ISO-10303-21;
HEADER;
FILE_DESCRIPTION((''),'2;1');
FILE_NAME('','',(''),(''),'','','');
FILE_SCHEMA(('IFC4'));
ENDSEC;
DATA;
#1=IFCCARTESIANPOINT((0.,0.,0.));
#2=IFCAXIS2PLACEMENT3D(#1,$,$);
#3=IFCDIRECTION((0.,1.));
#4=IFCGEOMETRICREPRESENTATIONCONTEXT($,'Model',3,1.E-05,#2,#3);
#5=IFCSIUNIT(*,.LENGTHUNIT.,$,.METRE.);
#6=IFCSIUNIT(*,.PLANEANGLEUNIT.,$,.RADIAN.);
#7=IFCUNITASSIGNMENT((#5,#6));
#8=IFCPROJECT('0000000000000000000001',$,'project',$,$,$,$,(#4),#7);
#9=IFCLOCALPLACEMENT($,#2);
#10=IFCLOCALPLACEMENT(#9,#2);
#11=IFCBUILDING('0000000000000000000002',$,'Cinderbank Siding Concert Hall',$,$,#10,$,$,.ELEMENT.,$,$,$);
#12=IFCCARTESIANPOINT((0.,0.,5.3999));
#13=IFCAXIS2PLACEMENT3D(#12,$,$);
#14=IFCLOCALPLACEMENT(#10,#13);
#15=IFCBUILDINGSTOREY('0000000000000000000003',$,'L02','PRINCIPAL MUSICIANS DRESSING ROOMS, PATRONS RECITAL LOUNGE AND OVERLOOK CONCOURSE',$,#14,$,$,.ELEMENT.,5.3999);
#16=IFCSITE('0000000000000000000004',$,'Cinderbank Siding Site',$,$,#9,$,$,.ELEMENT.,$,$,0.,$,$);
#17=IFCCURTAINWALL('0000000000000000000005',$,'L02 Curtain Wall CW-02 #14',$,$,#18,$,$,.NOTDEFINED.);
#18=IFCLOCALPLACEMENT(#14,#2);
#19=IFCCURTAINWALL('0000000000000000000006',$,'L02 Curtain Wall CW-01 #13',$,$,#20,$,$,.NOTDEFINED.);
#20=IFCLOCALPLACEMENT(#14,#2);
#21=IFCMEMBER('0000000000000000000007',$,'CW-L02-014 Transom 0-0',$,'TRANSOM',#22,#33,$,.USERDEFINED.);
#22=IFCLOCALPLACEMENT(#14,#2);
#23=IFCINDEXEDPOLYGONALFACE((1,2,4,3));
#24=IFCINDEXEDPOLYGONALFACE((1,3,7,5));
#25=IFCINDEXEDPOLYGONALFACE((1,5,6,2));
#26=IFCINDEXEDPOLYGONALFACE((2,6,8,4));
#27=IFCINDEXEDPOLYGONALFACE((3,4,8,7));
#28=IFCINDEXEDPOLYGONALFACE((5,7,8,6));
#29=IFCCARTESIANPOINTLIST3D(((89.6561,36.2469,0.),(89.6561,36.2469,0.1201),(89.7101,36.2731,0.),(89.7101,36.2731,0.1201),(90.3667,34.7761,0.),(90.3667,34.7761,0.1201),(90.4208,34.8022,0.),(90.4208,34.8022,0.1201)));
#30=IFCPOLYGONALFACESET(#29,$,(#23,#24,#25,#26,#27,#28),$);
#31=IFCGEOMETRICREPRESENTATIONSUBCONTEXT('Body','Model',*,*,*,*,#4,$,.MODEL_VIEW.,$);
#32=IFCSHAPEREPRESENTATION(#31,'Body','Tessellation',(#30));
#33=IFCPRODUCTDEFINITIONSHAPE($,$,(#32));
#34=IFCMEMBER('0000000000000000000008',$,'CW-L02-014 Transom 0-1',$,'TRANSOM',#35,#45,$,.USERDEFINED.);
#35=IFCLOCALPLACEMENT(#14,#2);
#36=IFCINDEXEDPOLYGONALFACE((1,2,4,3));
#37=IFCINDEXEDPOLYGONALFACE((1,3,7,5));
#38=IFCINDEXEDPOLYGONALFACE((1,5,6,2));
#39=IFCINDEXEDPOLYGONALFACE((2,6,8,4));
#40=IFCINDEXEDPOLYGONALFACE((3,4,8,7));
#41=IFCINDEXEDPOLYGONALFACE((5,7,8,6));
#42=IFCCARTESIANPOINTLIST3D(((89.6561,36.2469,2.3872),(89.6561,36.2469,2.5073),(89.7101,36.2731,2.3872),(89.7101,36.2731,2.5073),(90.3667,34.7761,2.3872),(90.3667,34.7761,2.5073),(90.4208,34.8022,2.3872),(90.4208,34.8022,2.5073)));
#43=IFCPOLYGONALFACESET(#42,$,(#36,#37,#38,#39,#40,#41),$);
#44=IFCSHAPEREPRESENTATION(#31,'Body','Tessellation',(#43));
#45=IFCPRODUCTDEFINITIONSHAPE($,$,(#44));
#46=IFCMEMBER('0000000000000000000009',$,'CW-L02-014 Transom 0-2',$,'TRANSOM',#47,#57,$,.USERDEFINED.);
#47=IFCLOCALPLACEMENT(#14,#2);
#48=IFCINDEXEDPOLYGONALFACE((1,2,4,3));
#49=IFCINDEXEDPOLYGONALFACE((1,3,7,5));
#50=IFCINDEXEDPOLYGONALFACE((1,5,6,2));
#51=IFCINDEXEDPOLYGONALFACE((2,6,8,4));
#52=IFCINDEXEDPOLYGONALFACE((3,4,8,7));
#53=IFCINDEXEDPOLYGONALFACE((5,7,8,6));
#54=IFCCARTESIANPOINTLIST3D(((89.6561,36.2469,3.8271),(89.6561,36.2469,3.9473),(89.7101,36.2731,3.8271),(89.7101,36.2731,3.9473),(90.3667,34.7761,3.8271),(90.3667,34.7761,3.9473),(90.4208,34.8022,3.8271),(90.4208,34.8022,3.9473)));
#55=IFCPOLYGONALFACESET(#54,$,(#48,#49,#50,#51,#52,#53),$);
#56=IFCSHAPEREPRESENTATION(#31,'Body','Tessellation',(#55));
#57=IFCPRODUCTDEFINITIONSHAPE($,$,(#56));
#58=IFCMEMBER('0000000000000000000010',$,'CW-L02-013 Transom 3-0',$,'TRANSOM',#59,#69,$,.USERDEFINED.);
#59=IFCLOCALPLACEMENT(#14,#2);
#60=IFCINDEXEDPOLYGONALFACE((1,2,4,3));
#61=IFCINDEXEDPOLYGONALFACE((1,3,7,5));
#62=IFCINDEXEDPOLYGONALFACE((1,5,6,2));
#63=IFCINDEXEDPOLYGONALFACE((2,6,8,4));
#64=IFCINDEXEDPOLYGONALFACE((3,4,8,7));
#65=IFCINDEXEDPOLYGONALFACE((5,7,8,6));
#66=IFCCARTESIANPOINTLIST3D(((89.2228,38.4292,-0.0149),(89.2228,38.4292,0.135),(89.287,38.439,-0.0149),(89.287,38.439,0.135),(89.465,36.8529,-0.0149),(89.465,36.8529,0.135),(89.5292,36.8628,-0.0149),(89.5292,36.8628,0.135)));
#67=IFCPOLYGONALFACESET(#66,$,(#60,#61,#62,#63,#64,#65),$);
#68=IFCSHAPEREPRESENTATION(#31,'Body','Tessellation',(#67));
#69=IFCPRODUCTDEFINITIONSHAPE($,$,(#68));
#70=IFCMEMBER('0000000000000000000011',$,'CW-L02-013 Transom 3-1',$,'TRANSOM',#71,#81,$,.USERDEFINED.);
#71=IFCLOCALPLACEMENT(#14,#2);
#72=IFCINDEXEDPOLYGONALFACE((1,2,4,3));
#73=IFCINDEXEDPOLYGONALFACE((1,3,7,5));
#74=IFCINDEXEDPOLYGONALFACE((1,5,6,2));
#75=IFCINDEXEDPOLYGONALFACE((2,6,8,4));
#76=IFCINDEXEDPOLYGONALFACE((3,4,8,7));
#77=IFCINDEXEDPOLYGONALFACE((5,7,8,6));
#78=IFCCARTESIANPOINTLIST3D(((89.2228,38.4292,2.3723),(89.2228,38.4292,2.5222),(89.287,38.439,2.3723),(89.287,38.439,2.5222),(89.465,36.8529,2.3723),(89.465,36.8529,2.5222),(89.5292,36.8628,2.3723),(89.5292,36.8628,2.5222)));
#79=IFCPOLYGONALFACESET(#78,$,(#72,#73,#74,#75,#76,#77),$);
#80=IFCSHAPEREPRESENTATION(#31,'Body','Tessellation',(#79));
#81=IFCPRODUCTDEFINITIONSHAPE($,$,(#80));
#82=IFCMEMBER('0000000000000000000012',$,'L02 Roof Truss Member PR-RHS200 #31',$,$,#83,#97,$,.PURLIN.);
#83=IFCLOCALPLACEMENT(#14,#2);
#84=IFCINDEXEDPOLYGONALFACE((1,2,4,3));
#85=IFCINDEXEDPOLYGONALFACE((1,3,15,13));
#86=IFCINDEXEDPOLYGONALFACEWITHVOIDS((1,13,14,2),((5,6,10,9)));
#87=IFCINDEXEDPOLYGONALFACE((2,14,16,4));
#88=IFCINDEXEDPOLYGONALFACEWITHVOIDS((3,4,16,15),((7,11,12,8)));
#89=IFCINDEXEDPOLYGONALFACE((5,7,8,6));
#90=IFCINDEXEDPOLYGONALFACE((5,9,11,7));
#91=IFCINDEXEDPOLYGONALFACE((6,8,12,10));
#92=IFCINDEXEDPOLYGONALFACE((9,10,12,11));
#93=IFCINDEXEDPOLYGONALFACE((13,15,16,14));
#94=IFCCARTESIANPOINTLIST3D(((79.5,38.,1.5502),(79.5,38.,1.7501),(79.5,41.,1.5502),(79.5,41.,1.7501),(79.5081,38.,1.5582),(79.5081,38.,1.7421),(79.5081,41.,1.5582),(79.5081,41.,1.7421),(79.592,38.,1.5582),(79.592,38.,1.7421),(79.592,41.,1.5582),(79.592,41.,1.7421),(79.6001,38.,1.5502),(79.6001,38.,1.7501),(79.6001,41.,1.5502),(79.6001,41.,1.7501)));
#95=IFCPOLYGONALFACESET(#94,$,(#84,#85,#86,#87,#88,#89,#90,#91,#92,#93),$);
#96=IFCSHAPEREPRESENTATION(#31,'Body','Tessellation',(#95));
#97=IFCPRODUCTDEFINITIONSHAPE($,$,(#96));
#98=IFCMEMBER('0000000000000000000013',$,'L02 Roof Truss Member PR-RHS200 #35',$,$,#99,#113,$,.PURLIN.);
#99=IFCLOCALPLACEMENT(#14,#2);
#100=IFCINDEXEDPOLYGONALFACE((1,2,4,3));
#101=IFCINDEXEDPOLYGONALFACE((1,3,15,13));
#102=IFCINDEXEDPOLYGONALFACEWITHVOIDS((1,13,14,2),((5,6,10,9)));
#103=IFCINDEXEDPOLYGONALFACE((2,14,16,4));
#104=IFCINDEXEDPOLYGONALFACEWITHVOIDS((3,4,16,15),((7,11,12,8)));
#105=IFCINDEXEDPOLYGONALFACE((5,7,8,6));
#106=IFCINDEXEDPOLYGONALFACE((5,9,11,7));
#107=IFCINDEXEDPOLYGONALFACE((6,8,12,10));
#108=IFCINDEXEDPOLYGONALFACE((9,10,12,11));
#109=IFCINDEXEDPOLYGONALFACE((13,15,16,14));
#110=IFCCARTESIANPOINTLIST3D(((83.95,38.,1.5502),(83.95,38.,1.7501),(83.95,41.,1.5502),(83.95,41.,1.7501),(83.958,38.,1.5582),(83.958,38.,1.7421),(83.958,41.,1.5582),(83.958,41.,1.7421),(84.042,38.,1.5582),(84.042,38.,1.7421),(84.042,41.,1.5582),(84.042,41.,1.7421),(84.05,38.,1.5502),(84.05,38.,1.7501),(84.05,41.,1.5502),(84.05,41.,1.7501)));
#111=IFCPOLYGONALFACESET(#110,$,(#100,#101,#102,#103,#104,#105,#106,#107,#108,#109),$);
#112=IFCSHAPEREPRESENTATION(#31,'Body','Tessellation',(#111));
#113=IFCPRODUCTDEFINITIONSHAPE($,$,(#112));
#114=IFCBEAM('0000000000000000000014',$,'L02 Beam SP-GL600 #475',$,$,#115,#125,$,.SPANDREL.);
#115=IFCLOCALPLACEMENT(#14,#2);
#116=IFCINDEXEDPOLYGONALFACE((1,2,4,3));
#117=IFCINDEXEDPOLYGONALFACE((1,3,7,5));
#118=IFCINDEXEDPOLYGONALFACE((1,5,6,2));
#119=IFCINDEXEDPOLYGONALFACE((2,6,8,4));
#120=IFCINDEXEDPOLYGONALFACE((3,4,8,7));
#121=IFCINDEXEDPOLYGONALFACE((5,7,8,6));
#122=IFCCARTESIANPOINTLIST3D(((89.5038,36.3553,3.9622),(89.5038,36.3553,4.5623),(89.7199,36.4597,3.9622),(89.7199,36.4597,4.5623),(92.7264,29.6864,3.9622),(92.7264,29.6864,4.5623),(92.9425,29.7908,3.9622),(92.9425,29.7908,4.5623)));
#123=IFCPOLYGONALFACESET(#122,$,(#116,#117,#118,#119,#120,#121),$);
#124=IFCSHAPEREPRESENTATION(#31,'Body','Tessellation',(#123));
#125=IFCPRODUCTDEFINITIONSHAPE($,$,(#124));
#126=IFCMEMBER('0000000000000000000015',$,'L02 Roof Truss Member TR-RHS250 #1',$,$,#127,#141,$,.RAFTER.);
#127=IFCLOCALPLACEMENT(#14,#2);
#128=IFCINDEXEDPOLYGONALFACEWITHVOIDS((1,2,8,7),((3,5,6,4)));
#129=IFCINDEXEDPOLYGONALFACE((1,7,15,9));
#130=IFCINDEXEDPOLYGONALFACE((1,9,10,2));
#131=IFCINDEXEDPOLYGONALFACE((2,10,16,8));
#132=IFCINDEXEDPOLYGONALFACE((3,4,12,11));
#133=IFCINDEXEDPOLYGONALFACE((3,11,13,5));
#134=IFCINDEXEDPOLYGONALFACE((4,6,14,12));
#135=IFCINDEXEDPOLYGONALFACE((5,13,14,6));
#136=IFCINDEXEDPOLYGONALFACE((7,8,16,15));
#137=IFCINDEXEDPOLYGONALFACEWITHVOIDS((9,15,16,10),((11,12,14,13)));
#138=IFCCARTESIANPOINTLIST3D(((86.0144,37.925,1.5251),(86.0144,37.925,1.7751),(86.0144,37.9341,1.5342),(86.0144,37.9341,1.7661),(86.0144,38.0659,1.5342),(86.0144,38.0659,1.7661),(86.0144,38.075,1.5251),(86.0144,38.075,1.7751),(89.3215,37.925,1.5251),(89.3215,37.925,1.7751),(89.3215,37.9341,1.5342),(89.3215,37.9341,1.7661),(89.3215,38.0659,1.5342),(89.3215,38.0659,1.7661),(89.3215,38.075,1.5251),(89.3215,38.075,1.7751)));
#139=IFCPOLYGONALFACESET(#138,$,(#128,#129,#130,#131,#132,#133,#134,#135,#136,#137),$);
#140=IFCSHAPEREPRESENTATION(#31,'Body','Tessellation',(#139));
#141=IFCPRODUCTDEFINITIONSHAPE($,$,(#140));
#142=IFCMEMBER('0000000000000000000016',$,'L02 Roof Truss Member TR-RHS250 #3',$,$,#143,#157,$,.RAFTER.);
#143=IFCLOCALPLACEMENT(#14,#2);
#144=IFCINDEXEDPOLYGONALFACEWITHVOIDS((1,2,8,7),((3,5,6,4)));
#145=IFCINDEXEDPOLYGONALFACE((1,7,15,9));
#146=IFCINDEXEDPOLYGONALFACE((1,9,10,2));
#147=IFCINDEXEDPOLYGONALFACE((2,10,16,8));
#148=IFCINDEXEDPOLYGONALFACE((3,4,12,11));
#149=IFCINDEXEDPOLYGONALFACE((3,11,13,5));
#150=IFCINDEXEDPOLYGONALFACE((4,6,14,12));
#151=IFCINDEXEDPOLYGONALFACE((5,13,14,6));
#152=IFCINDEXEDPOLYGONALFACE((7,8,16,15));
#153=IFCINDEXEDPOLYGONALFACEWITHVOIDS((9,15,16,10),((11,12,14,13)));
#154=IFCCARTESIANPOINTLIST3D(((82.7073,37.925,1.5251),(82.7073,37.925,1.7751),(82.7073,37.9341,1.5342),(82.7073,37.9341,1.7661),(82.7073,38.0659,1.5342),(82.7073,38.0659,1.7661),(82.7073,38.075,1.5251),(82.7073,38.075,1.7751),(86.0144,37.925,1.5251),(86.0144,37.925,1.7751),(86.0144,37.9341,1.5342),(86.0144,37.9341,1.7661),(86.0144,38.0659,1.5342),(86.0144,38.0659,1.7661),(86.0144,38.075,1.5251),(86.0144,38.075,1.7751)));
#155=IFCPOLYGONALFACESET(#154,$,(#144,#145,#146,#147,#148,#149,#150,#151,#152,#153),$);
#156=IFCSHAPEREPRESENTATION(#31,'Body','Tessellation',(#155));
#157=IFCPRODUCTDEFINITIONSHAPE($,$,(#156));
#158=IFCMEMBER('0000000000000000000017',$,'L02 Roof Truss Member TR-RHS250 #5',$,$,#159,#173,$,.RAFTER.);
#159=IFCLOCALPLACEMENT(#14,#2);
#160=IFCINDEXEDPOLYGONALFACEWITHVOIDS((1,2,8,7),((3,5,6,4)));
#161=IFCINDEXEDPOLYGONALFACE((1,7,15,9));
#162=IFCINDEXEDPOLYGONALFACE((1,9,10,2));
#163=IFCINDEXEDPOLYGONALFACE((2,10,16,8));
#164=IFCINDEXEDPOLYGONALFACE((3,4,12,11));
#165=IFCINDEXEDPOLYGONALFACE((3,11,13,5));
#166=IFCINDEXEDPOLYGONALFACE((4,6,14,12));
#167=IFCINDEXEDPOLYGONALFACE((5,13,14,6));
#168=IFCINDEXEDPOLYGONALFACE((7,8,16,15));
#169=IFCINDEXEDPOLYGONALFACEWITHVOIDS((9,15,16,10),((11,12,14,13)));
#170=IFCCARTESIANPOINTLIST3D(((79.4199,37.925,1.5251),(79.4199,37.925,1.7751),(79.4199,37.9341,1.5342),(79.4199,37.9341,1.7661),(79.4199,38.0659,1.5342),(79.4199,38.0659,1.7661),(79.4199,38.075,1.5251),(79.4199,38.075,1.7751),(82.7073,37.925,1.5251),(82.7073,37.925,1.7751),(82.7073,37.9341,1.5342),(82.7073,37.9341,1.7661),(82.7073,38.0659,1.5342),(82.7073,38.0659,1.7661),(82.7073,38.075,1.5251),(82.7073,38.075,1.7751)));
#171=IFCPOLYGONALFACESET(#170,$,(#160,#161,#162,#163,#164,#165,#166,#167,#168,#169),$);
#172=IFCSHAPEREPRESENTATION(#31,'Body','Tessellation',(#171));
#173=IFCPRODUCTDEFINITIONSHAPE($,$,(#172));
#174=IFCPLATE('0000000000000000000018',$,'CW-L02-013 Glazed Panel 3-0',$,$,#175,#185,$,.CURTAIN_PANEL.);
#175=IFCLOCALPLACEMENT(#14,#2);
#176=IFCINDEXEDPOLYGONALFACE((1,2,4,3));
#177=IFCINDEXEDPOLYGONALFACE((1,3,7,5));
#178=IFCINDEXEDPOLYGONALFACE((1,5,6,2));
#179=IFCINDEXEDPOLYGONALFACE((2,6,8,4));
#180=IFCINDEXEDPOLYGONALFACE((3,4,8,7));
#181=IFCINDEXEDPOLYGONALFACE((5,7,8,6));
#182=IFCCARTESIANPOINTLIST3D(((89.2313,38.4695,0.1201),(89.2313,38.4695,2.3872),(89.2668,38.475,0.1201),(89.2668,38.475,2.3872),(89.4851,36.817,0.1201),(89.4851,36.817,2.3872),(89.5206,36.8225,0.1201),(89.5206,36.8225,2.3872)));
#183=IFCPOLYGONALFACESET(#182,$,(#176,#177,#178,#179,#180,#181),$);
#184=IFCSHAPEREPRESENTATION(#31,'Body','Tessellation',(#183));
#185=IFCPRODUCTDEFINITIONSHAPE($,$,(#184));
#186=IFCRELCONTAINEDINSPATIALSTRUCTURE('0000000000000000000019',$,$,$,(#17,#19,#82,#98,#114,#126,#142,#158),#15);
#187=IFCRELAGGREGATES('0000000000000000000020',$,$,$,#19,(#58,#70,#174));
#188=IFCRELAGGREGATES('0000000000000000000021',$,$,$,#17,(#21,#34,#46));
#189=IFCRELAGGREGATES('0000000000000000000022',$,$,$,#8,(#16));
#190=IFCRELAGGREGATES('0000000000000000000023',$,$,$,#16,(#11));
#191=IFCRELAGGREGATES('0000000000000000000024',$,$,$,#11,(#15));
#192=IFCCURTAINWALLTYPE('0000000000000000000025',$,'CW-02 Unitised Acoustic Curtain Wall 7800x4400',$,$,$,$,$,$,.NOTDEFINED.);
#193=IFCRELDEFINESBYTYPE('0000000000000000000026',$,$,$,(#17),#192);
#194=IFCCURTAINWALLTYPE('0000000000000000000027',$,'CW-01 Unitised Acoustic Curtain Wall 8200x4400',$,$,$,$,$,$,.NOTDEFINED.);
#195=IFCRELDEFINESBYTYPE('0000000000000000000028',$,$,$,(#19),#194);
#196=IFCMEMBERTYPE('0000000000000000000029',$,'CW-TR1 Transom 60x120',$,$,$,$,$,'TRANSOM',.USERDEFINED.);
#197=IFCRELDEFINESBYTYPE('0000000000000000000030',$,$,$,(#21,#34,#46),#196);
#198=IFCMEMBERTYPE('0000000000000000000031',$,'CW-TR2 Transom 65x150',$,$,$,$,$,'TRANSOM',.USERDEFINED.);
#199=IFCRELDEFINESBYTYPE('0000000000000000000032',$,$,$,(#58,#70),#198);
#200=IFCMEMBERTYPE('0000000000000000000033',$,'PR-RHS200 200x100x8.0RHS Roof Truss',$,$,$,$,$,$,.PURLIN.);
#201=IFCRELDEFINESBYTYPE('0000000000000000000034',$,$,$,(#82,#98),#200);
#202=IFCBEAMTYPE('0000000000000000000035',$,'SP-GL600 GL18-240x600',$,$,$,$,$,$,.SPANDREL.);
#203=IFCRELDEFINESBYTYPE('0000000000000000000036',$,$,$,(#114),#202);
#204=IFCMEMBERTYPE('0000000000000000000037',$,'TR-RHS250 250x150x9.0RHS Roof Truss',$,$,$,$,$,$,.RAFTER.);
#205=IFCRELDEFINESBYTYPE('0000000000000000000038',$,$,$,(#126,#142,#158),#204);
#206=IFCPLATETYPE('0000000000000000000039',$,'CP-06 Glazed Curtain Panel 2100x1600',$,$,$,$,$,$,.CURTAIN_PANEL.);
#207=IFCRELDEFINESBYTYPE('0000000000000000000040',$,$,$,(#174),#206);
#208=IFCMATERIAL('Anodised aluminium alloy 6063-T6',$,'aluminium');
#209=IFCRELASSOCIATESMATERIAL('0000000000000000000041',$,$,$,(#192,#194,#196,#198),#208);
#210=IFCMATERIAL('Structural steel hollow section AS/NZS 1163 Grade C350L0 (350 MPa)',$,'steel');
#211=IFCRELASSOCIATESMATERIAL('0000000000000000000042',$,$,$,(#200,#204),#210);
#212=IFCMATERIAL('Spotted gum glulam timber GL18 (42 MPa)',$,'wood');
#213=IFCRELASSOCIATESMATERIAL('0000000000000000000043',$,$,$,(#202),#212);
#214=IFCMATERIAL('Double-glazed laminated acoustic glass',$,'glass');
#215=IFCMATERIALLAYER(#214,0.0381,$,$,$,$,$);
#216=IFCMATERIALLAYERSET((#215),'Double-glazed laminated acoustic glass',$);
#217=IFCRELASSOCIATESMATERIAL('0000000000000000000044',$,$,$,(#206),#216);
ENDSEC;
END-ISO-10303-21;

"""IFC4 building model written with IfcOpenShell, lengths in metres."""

from ifc_helpers import new_model, si_unit, direction, frame, origin, origin_2d, place, context, subcontext, project, spatial, rectangle, hollow_rectangle, extrude, material, layer, layer_set, material_profile, profile_set, type_object, element, aggregate, save


model = new_model("IFC4")

# Units and contexts
model_context = context("Model", 3, precision=1e-05, world=origin(), true_north=direction((0.0, 1.0)))
body_context = subcontext(model_context, "Body", "Model", "MODEL_VIEW")
ifc_project = project(units=[si_unit("LENGTHUNIT", "METRE"), si_unit("PLANEANGLEUNIT", "RADIAN")], contexts=[model_context])

# Site, building, storey
site_placement = place(None, origin())
site = spatial("IfcSite", under=ifc_project, at=site_placement, Name="Cinderbank Siding Site", CompositionType="ELEMENT", RefElevation=0.0)
building_placement = place(site_placement, origin())
building = spatial("IfcBuilding", under=site, at=building_placement, Name="Cinderbank Siding Concert Hall", CompositionType="ELEMENT")
storey_placement = place(building_placement, frame((0.0, 0.0, 5.3999)))
storey = spatial("IfcBuildingStorey", under=building, at=storey_placement, Name="L02", Description="PRINCIPAL MUSICIANS DRESSING ROOMS, PATRONS RECITAL LOUNGE AND OVERLOOK CONCOURSE", CompositionType="ELEMENT", Elevation=5.3999)

# Shared definitions
ifc_material_1 = material(Name="Structural steel hollow section AS/NZS 1163 Grade C350L0 (350 MPa)", Category="steel")

# Curtain walls
ifc_material_2 = material(Name="Anodised aluminium alloy 6063-T6", Category="aluminium")
curtain_wall_type_1 = type_object("IfcCurtainWallType", Name="CW-02 Unitised Acoustic Curtain Wall 7800x4400", PredefinedType="NOTDEFINED", material=ifc_material_2)
curtain_wall_1_placement = place(storey_placement, origin())
curtain_wall_1 = element("IfcCurtainWall", 1, at=curtain_wall_1_placement, inside=storey, type_object=curtain_wall_type_1, Name="L02 Curtain Wall CW-02 #14", PredefinedType="NOTDEFINED")
curtain_wall_type_2 = type_object("IfcCurtainWallType", Name="CW-01 Unitised Acoustic Curtain Wall 8200x4400", PredefinedType="NOTDEFINED", material=ifc_material_2)
curtain_wall_2_placement = place(storey_placement, origin())
curtain_wall_2 = element("IfcCurtainWall", 2, at=curtain_wall_2_placement, inside=storey, type_object=curtain_wall_type_2, Name="L02 Curtain Wall CW-01 #13", PredefinedType="NOTDEFINED")

# Members
ifc_material_profile_1 = material_profile(ifc_material_2, rectangle(XDim=0.0601, YDim=0.1201, at=origin_2d()), Name="ALU-TRAN-60x120", Category="LoadBearing")
ifc_profile_set_1 = profile_set([ifc_material_profile_1], Name="Anodised aluminium alloy 6063-T6")
member_type_1 = type_object("IfcMemberType", Name="CW-TR1 Transom 60x120", ElementType="TRANSOM", PredefinedType="USERDEFINED", material=ifc_profile_set_1)
member_1_placement = place(storey_placement, frame((89.6831, 36.26, 0.0601), z_axis=(0.435037, -0.900412, 0.0), x_axis=(0.900412, 0.435037, 0.0)))
member_1 = element("IfcMember", 3, at=member_1_placement, type_object=member_type_1, Name="CW-L02-014 Transom 0-0", ObjectType="TRANSOM", PredefinedType="USERDEFINED", context=body_context, shape_type="SweptSolid", body=[
    extrude(rectangle(XDim=0.0601, YDim=0.1201, at=origin_2d()), origin(), (0.0, 0.0, 1.0), 1.6335),
])
member_2_placement = place(storey_placement, frame((89.6831, 36.26, 2.4473), z_axis=(0.435037, -0.900412, 0.0), x_axis=(0.900412, 0.435037, 0.0)))
member_2 = element("IfcMember", 4, at=member_2_placement, type_object=member_type_1, Name="CW-L02-014 Transom 0-1", ObjectType="TRANSOM", PredefinedType="USERDEFINED", context=body_context, shape_type="SweptSolid", body=[
    extrude(rectangle(XDim=0.0601, YDim=0.1201, at=origin_2d()), origin(), (0.0, 0.0, 1.0), 1.6335),
])
member_3_placement = place(storey_placement, frame((89.6831, 36.26, 3.8872), z_axis=(0.435037, -0.900412, 0.0), x_axis=(0.900412, 0.435037, 0.0)))
member_3 = element("IfcMember", 5, at=member_3_placement, type_object=member_type_1, Name="CW-L02-014 Transom 0-2", ObjectType="TRANSOM", PredefinedType="USERDEFINED", context=body_context, shape_type="SweptSolid", body=[
    extrude(rectangle(XDim=0.0601, YDim=0.1201, at=origin_2d()), origin(), (0.0, 0.0, 1.0), 1.6335),
])
ifc_material_profile_2 = material_profile(ifc_material_2, rectangle(XDim=0.0649, YDim=0.1499, at=origin_2d()), Name="ALU-TRAN-65x150", Category="LoadBearing")
ifc_profile_set_2 = profile_set([ifc_material_profile_2], Name="Anodised aluminium alloy 6063-T6")
member_type_2 = type_object("IfcMemberType", Name="CW-TR2 Transom 65x150", ElementType="TRANSOM", PredefinedType="USERDEFINED", material=ifc_profile_set_2)
member_4_placement = place(storey_placement, frame((89.2549, 38.4341, 0.0601), z_axis=(0.151873, -0.9884, 0.0), x_axis=(0.9884, 0.151873, 0.0)))
member_4 = element("IfcMember", 6, at=member_4_placement, type_object=member_type_2, Name="CW-L02-013 Transom 3-0", ObjectType="TRANSOM", PredefinedType="USERDEFINED", context=body_context, shape_type="SweptSolid", body=[
    extrude(rectangle(XDim=0.0649, YDim=0.1499, at=origin_2d()), origin(), (0.0, 0.0, 1.0), 1.5947),
])
member_5_placement = place(storey_placement, frame((89.2549, 38.4341, 2.4473), z_axis=(0.151873, -0.9884, 0.0), x_axis=(0.9884, 0.151873, 0.0)))
member_5 = element("IfcMember", 7, at=member_5_placement, type_object=member_type_2, Name="CW-L02-013 Transom 3-1", ObjectType="TRANSOM", PredefinedType="USERDEFINED", context=body_context, shape_type="SweptSolid", body=[
    extrude(rectangle(XDim=0.0649, YDim=0.1499, at=origin_2d()), origin(), (0.0, 0.0, 1.0), 1.5947),
])

# Members
ifc_material_profile_3 = material_profile(ifc_material_1, hollow_rectangle(XDim=0.1001, YDim=0.2, WallThickness=0.0081, at=origin_2d()), Name="200x100x8.0RHS", Category="LoadBearing")
ifc_profile_set_3 = profile_set([ifc_material_profile_3], Name="Structural steel hollow section AS/NZS 1163 Grade C350L0 (350 MPa)")
member_type_3 = type_object("IfcMemberType", Name="PR-RHS200 200x100x8.0RHS Roof Truss", PredefinedType="PURLIN", material=ifc_profile_set_3)
for number, where, z_axis, x_axis, name in (
    (8, (79.55, 38.0, 1.6501), (0.0, 1.0, 0.0), (-1.0, 0.0, 0.0), "L02 Roof Truss Member PR-RHS200 #31"),
    (9, (84.0, 38.0, 1.6501), (0.0, 1.0, 0.0), (-1.0, 0.0, 0.0), "L02 Roof Truss Member PR-RHS200 #35"),
):
    element("IfcMember", number, at=place(storey_placement, frame(where, z_axis=z_axis, x_axis=x_axis)), inside=storey, type_object=member_type_3, Name=name, PredefinedType="PURLIN", context=body_context, shape_type="SweptSolid", body=[
        extrude(hollow_rectangle(XDim=0.1001, YDim=0.2, WallThickness=0.0081, at=origin_2d()), origin(), (0.0, 0.0, 1.0), 3.0),
    ])

# Beam
ifc_material_3 = material(Name="Spotted gum glulam timber GL18 (42 MPa)", Category="wood")
ifc_material_profile_4 = material_profile(ifc_material_3, rectangle(XDim=0.24, YDim=0.6001, at=origin_2d()), Name="GL18-240x600", Category="LoadBearing")
ifc_profile_set_4 = profile_set([ifc_material_profile_4], Name="Spotted gum glulam timber GL18 (42 MPa)")
beam_type_1 = type_object("IfcBeamType", Name="SP-GL600 GL18-240x600", PredefinedType="SPANDREL", material=ifc_profile_set_4)
beam_1_placement = place(storey_placement, frame((89.6118, 36.4075, 4.2622), z_axis=(0.435096, -0.900384, 0.0), x_axis=(0.900384, 0.435096, 0.0)))
element("IfcBeam", 10, at=beam_1_placement, inside=storey, type_object=beam_type_1, Name="L02 Beam SP-GL600 #475", PredefinedType="SPANDREL", context=body_context, shape_type="SweptSolid", body=[
    extrude(rectangle(XDim=0.24, YDim=0.6001, at=origin_2d()), origin(), (0.0, 0.0, 1.0), 7.4067),
])

# Members
ifc_material_profile_5 = material_profile(ifc_material_1, hollow_rectangle(XDim=0.1499, YDim=0.25, WallThickness=0.009, at=origin_2d()), Name="250x150x9.0RHS", Category="LoadBearing")
ifc_profile_set_5 = profile_set([ifc_material_profile_5], Name="Structural steel hollow section AS/NZS 1163 Grade C350L0 (350 MPa)")
member_type_4 = type_object("IfcMemberType", Name="TR-RHS250 250x150x9.0RHS Roof Truss", PredefinedType="RAFTER", material=ifc_profile_set_5)
for number, where, z_axis, x_axis, name in (
    (11, (89.3215, 38.0, 1.6501), (-1.0, 0.0, 0.0), (0.0, -1.0, 0.0), "L02 Roof Truss Member TR-RHS250 #1"),
    (12, (86.0144, 38.0, 1.6501), (-1.0, 0.0, 0.0), (0.0, -1.0, 0.0), "L02 Roof Truss Member TR-RHS250 #3"),
):
    element("IfcMember", number, at=place(storey_placement, frame(where, z_axis=z_axis, x_axis=x_axis)), inside=storey, type_object=member_type_4, Name=name, PredefinedType="RAFTER", context=body_context, shape_type="SweptSolid", body=[
        extrude(hollow_rectangle(XDim=0.1499, YDim=0.25, WallThickness=0.009, at=origin_2d()), origin(), (0.0, 0.0, 1.0), 3.3071),
    ])
member_6_placement = place(storey_placement, frame((82.7073, 38.0, 1.6501), z_axis=(-1.0, 0.0, 0.0), x_axis=(0.0, -1.0, 0.0)))
element("IfcMember", 13, at=member_6_placement, inside=storey, type_object=member_type_4, Name="L02 Roof Truss Member TR-RHS250 #5", PredefinedType="RAFTER", context=body_context, shape_type="SweptSolid", body=[
    extrude(hollow_rectangle(XDim=0.1499, YDim=0.25, WallThickness=0.009, at=origin_2d()), origin(), (0.0, 0.0, 1.0), 3.2874),
])

# Plate
ifc_material_4 = material(Name="Double-glazed laminated acoustic glass", Category="glass")
ifc_layer_1 = layer(ifc_material_4, 0.0381)
ifc_layer_set_1 = layer_set([ifc_layer_1], Name="Double-glazed laminated acoustic glass")
plate_type_1 = type_object("IfcPlateType", Name="CP-06 Glazed Curtain Panel 2100x1600", PredefinedType="CURTAIN_PANEL", material=ifc_layer_set_1)
plate_1_placement = place(storey_placement, frame((89.376, 37.646, 0.1201), z_axis=(0.0, 0.0, 1.0), x_axis=(0.151815, -0.988409, 0.0)))
plate_1 = element("IfcPlate", 14, at=plate_1_placement, type_object=plate_type_1, Name="CW-L02-013 Glazed Panel 3-0", PredefinedType="CURTAIN_PANEL", context=body_context, shape_type="SweptSolid", body=[
    extrude(rectangle(XDim=1.6719, YDim=0.0359, at=origin_2d()), origin(), (0.0, 0.0, 1.0), 2.2671),
])
aggregate(curtain_wall_2, [member_4, member_5, plate_1])
aggregate(curtain_wall_1, [member_1, member_2, member_3])

save(model, "model.ifc")
